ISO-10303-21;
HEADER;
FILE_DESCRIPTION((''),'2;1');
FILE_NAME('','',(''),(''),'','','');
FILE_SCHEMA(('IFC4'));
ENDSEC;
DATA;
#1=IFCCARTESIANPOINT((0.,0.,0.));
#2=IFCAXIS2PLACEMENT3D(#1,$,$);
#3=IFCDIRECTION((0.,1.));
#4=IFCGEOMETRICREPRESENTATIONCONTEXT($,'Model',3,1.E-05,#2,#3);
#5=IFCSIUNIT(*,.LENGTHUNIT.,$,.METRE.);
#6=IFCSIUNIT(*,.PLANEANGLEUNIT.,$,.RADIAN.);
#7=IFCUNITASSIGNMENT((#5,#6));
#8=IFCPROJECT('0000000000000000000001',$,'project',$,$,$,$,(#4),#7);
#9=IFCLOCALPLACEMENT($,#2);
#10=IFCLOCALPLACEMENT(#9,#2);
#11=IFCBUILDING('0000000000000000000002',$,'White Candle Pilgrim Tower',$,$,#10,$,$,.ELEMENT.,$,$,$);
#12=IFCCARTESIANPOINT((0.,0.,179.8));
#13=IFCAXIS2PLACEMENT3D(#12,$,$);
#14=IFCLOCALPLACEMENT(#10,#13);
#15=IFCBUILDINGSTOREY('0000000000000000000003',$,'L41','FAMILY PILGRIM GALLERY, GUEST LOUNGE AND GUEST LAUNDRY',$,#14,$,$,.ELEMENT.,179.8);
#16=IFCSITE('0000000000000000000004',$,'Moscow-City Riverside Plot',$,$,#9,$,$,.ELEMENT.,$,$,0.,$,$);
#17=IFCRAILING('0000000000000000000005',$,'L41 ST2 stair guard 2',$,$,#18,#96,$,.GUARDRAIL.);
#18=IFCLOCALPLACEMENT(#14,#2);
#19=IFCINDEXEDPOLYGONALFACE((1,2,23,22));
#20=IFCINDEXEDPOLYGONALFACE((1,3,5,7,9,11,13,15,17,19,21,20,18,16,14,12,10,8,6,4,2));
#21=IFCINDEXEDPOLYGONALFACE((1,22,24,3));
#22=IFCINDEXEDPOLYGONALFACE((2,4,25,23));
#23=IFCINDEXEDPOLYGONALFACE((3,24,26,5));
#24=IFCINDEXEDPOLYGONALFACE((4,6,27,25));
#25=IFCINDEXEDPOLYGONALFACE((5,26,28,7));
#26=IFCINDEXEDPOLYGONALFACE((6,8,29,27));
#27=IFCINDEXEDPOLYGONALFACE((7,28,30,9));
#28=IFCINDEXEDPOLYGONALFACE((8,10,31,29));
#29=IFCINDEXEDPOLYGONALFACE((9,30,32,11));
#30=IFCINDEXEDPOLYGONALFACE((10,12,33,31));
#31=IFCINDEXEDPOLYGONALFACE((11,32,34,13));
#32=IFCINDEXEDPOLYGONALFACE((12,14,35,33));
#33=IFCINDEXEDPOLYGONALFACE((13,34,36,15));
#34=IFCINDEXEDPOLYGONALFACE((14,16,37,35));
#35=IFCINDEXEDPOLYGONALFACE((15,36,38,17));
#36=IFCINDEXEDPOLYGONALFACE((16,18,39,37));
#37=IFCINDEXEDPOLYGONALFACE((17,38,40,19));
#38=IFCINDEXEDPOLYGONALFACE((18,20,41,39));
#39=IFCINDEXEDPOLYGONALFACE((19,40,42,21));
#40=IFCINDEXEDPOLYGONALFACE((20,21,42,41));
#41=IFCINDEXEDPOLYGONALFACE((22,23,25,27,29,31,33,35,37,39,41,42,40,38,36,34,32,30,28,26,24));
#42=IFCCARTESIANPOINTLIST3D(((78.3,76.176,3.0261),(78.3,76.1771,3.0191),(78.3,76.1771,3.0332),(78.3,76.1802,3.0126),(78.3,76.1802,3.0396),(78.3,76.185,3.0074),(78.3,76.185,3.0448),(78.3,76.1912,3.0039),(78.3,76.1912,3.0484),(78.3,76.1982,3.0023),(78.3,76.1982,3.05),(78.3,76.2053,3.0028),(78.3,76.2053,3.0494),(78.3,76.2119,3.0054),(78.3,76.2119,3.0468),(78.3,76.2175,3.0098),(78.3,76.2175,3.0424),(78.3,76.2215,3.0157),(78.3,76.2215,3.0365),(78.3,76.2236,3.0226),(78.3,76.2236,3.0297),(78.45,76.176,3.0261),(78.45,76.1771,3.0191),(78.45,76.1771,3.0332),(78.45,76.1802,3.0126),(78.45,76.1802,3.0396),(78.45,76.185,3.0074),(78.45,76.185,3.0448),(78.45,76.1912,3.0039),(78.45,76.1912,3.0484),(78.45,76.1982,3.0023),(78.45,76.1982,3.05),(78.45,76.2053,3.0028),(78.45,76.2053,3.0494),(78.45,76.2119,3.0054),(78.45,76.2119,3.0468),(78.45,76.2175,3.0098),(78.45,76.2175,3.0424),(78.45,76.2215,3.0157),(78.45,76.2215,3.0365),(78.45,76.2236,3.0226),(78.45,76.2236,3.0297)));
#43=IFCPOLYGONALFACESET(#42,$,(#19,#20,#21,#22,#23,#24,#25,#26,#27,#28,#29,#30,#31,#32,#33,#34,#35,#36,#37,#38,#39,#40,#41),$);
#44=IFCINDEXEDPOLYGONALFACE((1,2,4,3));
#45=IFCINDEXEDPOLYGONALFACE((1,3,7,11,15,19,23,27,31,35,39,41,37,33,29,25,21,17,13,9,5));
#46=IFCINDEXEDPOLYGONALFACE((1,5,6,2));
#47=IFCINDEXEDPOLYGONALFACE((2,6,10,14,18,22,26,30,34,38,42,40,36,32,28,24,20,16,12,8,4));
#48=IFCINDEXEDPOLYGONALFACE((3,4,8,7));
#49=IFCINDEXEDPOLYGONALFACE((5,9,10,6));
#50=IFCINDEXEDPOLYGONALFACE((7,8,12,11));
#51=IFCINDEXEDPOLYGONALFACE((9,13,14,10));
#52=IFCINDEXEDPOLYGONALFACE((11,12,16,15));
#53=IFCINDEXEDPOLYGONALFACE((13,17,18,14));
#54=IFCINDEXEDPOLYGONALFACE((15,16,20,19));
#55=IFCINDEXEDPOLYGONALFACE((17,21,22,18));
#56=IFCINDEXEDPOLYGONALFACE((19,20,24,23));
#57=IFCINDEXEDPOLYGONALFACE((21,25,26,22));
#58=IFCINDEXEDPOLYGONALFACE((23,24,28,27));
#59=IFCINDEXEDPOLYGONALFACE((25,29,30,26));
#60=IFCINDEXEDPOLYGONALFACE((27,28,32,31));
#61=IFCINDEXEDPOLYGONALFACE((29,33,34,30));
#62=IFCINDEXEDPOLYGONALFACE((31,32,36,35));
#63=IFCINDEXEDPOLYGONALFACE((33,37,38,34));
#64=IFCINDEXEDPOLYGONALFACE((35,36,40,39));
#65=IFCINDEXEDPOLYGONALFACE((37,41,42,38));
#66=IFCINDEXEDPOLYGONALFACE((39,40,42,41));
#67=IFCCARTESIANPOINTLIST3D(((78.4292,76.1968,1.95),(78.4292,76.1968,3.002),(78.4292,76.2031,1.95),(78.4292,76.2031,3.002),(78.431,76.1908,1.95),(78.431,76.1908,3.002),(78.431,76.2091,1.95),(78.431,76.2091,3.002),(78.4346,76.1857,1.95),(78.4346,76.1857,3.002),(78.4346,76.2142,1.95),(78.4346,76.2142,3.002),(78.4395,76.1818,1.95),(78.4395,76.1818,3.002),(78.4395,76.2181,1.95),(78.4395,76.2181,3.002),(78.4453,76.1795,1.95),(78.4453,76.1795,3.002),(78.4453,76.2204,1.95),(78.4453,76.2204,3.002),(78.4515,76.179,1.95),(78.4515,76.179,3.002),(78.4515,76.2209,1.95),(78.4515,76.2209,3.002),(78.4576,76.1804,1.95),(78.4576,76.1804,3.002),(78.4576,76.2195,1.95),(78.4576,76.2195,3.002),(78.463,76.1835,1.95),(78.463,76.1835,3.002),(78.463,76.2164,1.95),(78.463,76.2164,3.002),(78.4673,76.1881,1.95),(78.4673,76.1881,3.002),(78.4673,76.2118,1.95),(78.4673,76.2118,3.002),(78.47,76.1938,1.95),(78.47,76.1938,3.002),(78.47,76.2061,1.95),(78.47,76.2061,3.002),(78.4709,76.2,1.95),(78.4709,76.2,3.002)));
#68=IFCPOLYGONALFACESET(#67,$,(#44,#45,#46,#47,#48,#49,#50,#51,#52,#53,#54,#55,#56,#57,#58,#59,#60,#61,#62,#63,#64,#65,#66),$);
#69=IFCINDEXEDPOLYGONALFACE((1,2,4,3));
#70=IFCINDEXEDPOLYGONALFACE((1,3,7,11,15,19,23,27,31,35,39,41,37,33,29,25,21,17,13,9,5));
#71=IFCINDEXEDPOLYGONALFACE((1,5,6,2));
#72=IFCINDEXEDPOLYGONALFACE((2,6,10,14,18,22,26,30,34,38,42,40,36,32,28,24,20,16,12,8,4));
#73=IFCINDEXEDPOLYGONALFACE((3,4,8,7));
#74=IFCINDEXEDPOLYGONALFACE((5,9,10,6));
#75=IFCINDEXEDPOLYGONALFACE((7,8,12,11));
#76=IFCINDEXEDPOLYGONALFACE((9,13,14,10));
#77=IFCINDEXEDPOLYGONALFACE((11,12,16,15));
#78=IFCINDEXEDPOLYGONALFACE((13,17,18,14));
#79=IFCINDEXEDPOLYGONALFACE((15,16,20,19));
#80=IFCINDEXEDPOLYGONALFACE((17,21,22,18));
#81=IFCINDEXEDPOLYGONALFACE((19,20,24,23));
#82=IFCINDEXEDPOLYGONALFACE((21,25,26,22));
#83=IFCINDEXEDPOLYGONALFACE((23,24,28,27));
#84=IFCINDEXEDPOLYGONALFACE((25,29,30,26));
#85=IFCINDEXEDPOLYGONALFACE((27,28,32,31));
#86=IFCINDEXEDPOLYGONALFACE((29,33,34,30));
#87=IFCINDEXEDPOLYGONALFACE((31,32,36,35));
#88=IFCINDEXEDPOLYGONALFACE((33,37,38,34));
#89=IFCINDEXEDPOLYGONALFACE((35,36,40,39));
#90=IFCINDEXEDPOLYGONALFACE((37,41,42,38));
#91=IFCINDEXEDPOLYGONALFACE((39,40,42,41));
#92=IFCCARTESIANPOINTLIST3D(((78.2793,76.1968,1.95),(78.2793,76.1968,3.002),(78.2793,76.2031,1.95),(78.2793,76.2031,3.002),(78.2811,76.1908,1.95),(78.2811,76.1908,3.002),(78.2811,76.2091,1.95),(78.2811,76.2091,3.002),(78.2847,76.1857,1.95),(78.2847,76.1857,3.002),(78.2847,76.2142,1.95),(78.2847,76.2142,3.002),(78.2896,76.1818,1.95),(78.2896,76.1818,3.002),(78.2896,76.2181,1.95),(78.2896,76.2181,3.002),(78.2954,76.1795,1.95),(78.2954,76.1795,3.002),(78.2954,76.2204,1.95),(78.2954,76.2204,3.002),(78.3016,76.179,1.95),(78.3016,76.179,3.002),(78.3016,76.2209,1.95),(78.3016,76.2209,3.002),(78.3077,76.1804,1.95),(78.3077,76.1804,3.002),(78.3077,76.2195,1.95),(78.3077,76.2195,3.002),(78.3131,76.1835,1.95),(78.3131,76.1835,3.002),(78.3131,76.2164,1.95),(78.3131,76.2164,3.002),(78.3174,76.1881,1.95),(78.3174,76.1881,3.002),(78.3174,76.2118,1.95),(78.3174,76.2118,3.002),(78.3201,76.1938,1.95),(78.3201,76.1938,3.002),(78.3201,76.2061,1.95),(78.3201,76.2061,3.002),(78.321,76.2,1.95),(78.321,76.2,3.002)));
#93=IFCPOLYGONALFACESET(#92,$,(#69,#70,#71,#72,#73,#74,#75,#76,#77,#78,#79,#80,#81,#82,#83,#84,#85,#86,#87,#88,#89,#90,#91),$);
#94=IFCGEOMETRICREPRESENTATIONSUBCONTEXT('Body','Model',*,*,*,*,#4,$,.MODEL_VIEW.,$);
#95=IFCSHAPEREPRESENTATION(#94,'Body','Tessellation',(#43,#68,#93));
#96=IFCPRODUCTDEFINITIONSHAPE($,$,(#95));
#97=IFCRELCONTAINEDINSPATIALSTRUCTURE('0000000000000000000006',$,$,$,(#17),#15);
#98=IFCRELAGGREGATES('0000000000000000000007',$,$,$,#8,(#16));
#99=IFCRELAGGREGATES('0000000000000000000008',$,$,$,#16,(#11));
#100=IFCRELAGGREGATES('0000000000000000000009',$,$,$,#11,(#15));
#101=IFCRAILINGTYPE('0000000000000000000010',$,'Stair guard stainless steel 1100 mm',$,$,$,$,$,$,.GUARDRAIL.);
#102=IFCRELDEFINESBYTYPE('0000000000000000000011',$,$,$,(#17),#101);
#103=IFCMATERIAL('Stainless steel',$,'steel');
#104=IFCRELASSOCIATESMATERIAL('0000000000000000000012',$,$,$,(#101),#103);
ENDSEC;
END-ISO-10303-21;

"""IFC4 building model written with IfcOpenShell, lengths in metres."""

from ifc_helpers import new_model, si_unit, direction, frame, origin, origin_2d, place, context, subcontext, project, spatial, circle, extrude, material, type_object, element, save


model = new_model("IFC4")

# Units and contexts
model_context = context("Model", 3, precision=1e-05, world=origin(), true_north=direction((0.0, 1.0)))
body_context = subcontext(model_context, "Body", "Model", "MODEL_VIEW")
ifc_project = project(units=[si_unit("LENGTHUNIT", "METRE"), si_unit("PLANEANGLEUNIT", "RADIAN")], contexts=[model_context])

# Site, building, storey
site_placement = place(None, origin())
site = spatial("IfcSite", under=ifc_project, at=site_placement, Name="Moscow-City Riverside Plot", CompositionType="ELEMENT", RefElevation=0.0)
building_placement = place(site_placement, origin())
building = spatial("IfcBuilding", under=site, at=building_placement, Name="White Candle Pilgrim Tower", CompositionType="ELEMENT")
storey_placement = place(building_placement, frame((0.0, 0.0, 179.8)))
storey = spatial("IfcBuildingStorey", under=building, at=storey_placement, Name="L41", Description="FAMILY PILGRIM GALLERY, GUEST LOUNGE AND GUEST LAUNDRY", CompositionType="ELEMENT", Elevation=179.8)

# Railing
ifc_material_1 = material(Name="Stainless steel", Category="steel")
railing_type_1 = type_object("IfcRailingType", Name="Stair guard stainless steel 1100 mm", PredefinedType="GUARDRAIL", material=ifc_material_1)
railing_1_placement = place(storey_placement, frame((78.45, 76.2, 1.95)))
element("IfcRailing", 1, at=railing_1_placement, inside=storey, type_object=railing_type_1, Name="L41 ST2 stair guard 2", PredefinedType="GUARDRAIL", context=body_context, shape_type="SweptSolid", body=[
    extrude(circle(Radius=0.0239, at=origin_2d()), frame((0.0, 0.0, 1.0762), z_axis=(-1.0, 0.0, 0.0), x_axis=(0.0, -1.0, 0.0)), (0.0, 0.0, 1.0), 0.1499),
    extrude(circle(Radius=0.021, at=origin_2d()), origin(), (0.0, 0.0, 1.0), 1.052),
    extrude(circle(Radius=0.021, at=origin_2d()), frame((-0.1499, 0.0, 0.0)), (0.0, 0.0, 1.0), 1.052),
])

save(model, "model.ifc")
